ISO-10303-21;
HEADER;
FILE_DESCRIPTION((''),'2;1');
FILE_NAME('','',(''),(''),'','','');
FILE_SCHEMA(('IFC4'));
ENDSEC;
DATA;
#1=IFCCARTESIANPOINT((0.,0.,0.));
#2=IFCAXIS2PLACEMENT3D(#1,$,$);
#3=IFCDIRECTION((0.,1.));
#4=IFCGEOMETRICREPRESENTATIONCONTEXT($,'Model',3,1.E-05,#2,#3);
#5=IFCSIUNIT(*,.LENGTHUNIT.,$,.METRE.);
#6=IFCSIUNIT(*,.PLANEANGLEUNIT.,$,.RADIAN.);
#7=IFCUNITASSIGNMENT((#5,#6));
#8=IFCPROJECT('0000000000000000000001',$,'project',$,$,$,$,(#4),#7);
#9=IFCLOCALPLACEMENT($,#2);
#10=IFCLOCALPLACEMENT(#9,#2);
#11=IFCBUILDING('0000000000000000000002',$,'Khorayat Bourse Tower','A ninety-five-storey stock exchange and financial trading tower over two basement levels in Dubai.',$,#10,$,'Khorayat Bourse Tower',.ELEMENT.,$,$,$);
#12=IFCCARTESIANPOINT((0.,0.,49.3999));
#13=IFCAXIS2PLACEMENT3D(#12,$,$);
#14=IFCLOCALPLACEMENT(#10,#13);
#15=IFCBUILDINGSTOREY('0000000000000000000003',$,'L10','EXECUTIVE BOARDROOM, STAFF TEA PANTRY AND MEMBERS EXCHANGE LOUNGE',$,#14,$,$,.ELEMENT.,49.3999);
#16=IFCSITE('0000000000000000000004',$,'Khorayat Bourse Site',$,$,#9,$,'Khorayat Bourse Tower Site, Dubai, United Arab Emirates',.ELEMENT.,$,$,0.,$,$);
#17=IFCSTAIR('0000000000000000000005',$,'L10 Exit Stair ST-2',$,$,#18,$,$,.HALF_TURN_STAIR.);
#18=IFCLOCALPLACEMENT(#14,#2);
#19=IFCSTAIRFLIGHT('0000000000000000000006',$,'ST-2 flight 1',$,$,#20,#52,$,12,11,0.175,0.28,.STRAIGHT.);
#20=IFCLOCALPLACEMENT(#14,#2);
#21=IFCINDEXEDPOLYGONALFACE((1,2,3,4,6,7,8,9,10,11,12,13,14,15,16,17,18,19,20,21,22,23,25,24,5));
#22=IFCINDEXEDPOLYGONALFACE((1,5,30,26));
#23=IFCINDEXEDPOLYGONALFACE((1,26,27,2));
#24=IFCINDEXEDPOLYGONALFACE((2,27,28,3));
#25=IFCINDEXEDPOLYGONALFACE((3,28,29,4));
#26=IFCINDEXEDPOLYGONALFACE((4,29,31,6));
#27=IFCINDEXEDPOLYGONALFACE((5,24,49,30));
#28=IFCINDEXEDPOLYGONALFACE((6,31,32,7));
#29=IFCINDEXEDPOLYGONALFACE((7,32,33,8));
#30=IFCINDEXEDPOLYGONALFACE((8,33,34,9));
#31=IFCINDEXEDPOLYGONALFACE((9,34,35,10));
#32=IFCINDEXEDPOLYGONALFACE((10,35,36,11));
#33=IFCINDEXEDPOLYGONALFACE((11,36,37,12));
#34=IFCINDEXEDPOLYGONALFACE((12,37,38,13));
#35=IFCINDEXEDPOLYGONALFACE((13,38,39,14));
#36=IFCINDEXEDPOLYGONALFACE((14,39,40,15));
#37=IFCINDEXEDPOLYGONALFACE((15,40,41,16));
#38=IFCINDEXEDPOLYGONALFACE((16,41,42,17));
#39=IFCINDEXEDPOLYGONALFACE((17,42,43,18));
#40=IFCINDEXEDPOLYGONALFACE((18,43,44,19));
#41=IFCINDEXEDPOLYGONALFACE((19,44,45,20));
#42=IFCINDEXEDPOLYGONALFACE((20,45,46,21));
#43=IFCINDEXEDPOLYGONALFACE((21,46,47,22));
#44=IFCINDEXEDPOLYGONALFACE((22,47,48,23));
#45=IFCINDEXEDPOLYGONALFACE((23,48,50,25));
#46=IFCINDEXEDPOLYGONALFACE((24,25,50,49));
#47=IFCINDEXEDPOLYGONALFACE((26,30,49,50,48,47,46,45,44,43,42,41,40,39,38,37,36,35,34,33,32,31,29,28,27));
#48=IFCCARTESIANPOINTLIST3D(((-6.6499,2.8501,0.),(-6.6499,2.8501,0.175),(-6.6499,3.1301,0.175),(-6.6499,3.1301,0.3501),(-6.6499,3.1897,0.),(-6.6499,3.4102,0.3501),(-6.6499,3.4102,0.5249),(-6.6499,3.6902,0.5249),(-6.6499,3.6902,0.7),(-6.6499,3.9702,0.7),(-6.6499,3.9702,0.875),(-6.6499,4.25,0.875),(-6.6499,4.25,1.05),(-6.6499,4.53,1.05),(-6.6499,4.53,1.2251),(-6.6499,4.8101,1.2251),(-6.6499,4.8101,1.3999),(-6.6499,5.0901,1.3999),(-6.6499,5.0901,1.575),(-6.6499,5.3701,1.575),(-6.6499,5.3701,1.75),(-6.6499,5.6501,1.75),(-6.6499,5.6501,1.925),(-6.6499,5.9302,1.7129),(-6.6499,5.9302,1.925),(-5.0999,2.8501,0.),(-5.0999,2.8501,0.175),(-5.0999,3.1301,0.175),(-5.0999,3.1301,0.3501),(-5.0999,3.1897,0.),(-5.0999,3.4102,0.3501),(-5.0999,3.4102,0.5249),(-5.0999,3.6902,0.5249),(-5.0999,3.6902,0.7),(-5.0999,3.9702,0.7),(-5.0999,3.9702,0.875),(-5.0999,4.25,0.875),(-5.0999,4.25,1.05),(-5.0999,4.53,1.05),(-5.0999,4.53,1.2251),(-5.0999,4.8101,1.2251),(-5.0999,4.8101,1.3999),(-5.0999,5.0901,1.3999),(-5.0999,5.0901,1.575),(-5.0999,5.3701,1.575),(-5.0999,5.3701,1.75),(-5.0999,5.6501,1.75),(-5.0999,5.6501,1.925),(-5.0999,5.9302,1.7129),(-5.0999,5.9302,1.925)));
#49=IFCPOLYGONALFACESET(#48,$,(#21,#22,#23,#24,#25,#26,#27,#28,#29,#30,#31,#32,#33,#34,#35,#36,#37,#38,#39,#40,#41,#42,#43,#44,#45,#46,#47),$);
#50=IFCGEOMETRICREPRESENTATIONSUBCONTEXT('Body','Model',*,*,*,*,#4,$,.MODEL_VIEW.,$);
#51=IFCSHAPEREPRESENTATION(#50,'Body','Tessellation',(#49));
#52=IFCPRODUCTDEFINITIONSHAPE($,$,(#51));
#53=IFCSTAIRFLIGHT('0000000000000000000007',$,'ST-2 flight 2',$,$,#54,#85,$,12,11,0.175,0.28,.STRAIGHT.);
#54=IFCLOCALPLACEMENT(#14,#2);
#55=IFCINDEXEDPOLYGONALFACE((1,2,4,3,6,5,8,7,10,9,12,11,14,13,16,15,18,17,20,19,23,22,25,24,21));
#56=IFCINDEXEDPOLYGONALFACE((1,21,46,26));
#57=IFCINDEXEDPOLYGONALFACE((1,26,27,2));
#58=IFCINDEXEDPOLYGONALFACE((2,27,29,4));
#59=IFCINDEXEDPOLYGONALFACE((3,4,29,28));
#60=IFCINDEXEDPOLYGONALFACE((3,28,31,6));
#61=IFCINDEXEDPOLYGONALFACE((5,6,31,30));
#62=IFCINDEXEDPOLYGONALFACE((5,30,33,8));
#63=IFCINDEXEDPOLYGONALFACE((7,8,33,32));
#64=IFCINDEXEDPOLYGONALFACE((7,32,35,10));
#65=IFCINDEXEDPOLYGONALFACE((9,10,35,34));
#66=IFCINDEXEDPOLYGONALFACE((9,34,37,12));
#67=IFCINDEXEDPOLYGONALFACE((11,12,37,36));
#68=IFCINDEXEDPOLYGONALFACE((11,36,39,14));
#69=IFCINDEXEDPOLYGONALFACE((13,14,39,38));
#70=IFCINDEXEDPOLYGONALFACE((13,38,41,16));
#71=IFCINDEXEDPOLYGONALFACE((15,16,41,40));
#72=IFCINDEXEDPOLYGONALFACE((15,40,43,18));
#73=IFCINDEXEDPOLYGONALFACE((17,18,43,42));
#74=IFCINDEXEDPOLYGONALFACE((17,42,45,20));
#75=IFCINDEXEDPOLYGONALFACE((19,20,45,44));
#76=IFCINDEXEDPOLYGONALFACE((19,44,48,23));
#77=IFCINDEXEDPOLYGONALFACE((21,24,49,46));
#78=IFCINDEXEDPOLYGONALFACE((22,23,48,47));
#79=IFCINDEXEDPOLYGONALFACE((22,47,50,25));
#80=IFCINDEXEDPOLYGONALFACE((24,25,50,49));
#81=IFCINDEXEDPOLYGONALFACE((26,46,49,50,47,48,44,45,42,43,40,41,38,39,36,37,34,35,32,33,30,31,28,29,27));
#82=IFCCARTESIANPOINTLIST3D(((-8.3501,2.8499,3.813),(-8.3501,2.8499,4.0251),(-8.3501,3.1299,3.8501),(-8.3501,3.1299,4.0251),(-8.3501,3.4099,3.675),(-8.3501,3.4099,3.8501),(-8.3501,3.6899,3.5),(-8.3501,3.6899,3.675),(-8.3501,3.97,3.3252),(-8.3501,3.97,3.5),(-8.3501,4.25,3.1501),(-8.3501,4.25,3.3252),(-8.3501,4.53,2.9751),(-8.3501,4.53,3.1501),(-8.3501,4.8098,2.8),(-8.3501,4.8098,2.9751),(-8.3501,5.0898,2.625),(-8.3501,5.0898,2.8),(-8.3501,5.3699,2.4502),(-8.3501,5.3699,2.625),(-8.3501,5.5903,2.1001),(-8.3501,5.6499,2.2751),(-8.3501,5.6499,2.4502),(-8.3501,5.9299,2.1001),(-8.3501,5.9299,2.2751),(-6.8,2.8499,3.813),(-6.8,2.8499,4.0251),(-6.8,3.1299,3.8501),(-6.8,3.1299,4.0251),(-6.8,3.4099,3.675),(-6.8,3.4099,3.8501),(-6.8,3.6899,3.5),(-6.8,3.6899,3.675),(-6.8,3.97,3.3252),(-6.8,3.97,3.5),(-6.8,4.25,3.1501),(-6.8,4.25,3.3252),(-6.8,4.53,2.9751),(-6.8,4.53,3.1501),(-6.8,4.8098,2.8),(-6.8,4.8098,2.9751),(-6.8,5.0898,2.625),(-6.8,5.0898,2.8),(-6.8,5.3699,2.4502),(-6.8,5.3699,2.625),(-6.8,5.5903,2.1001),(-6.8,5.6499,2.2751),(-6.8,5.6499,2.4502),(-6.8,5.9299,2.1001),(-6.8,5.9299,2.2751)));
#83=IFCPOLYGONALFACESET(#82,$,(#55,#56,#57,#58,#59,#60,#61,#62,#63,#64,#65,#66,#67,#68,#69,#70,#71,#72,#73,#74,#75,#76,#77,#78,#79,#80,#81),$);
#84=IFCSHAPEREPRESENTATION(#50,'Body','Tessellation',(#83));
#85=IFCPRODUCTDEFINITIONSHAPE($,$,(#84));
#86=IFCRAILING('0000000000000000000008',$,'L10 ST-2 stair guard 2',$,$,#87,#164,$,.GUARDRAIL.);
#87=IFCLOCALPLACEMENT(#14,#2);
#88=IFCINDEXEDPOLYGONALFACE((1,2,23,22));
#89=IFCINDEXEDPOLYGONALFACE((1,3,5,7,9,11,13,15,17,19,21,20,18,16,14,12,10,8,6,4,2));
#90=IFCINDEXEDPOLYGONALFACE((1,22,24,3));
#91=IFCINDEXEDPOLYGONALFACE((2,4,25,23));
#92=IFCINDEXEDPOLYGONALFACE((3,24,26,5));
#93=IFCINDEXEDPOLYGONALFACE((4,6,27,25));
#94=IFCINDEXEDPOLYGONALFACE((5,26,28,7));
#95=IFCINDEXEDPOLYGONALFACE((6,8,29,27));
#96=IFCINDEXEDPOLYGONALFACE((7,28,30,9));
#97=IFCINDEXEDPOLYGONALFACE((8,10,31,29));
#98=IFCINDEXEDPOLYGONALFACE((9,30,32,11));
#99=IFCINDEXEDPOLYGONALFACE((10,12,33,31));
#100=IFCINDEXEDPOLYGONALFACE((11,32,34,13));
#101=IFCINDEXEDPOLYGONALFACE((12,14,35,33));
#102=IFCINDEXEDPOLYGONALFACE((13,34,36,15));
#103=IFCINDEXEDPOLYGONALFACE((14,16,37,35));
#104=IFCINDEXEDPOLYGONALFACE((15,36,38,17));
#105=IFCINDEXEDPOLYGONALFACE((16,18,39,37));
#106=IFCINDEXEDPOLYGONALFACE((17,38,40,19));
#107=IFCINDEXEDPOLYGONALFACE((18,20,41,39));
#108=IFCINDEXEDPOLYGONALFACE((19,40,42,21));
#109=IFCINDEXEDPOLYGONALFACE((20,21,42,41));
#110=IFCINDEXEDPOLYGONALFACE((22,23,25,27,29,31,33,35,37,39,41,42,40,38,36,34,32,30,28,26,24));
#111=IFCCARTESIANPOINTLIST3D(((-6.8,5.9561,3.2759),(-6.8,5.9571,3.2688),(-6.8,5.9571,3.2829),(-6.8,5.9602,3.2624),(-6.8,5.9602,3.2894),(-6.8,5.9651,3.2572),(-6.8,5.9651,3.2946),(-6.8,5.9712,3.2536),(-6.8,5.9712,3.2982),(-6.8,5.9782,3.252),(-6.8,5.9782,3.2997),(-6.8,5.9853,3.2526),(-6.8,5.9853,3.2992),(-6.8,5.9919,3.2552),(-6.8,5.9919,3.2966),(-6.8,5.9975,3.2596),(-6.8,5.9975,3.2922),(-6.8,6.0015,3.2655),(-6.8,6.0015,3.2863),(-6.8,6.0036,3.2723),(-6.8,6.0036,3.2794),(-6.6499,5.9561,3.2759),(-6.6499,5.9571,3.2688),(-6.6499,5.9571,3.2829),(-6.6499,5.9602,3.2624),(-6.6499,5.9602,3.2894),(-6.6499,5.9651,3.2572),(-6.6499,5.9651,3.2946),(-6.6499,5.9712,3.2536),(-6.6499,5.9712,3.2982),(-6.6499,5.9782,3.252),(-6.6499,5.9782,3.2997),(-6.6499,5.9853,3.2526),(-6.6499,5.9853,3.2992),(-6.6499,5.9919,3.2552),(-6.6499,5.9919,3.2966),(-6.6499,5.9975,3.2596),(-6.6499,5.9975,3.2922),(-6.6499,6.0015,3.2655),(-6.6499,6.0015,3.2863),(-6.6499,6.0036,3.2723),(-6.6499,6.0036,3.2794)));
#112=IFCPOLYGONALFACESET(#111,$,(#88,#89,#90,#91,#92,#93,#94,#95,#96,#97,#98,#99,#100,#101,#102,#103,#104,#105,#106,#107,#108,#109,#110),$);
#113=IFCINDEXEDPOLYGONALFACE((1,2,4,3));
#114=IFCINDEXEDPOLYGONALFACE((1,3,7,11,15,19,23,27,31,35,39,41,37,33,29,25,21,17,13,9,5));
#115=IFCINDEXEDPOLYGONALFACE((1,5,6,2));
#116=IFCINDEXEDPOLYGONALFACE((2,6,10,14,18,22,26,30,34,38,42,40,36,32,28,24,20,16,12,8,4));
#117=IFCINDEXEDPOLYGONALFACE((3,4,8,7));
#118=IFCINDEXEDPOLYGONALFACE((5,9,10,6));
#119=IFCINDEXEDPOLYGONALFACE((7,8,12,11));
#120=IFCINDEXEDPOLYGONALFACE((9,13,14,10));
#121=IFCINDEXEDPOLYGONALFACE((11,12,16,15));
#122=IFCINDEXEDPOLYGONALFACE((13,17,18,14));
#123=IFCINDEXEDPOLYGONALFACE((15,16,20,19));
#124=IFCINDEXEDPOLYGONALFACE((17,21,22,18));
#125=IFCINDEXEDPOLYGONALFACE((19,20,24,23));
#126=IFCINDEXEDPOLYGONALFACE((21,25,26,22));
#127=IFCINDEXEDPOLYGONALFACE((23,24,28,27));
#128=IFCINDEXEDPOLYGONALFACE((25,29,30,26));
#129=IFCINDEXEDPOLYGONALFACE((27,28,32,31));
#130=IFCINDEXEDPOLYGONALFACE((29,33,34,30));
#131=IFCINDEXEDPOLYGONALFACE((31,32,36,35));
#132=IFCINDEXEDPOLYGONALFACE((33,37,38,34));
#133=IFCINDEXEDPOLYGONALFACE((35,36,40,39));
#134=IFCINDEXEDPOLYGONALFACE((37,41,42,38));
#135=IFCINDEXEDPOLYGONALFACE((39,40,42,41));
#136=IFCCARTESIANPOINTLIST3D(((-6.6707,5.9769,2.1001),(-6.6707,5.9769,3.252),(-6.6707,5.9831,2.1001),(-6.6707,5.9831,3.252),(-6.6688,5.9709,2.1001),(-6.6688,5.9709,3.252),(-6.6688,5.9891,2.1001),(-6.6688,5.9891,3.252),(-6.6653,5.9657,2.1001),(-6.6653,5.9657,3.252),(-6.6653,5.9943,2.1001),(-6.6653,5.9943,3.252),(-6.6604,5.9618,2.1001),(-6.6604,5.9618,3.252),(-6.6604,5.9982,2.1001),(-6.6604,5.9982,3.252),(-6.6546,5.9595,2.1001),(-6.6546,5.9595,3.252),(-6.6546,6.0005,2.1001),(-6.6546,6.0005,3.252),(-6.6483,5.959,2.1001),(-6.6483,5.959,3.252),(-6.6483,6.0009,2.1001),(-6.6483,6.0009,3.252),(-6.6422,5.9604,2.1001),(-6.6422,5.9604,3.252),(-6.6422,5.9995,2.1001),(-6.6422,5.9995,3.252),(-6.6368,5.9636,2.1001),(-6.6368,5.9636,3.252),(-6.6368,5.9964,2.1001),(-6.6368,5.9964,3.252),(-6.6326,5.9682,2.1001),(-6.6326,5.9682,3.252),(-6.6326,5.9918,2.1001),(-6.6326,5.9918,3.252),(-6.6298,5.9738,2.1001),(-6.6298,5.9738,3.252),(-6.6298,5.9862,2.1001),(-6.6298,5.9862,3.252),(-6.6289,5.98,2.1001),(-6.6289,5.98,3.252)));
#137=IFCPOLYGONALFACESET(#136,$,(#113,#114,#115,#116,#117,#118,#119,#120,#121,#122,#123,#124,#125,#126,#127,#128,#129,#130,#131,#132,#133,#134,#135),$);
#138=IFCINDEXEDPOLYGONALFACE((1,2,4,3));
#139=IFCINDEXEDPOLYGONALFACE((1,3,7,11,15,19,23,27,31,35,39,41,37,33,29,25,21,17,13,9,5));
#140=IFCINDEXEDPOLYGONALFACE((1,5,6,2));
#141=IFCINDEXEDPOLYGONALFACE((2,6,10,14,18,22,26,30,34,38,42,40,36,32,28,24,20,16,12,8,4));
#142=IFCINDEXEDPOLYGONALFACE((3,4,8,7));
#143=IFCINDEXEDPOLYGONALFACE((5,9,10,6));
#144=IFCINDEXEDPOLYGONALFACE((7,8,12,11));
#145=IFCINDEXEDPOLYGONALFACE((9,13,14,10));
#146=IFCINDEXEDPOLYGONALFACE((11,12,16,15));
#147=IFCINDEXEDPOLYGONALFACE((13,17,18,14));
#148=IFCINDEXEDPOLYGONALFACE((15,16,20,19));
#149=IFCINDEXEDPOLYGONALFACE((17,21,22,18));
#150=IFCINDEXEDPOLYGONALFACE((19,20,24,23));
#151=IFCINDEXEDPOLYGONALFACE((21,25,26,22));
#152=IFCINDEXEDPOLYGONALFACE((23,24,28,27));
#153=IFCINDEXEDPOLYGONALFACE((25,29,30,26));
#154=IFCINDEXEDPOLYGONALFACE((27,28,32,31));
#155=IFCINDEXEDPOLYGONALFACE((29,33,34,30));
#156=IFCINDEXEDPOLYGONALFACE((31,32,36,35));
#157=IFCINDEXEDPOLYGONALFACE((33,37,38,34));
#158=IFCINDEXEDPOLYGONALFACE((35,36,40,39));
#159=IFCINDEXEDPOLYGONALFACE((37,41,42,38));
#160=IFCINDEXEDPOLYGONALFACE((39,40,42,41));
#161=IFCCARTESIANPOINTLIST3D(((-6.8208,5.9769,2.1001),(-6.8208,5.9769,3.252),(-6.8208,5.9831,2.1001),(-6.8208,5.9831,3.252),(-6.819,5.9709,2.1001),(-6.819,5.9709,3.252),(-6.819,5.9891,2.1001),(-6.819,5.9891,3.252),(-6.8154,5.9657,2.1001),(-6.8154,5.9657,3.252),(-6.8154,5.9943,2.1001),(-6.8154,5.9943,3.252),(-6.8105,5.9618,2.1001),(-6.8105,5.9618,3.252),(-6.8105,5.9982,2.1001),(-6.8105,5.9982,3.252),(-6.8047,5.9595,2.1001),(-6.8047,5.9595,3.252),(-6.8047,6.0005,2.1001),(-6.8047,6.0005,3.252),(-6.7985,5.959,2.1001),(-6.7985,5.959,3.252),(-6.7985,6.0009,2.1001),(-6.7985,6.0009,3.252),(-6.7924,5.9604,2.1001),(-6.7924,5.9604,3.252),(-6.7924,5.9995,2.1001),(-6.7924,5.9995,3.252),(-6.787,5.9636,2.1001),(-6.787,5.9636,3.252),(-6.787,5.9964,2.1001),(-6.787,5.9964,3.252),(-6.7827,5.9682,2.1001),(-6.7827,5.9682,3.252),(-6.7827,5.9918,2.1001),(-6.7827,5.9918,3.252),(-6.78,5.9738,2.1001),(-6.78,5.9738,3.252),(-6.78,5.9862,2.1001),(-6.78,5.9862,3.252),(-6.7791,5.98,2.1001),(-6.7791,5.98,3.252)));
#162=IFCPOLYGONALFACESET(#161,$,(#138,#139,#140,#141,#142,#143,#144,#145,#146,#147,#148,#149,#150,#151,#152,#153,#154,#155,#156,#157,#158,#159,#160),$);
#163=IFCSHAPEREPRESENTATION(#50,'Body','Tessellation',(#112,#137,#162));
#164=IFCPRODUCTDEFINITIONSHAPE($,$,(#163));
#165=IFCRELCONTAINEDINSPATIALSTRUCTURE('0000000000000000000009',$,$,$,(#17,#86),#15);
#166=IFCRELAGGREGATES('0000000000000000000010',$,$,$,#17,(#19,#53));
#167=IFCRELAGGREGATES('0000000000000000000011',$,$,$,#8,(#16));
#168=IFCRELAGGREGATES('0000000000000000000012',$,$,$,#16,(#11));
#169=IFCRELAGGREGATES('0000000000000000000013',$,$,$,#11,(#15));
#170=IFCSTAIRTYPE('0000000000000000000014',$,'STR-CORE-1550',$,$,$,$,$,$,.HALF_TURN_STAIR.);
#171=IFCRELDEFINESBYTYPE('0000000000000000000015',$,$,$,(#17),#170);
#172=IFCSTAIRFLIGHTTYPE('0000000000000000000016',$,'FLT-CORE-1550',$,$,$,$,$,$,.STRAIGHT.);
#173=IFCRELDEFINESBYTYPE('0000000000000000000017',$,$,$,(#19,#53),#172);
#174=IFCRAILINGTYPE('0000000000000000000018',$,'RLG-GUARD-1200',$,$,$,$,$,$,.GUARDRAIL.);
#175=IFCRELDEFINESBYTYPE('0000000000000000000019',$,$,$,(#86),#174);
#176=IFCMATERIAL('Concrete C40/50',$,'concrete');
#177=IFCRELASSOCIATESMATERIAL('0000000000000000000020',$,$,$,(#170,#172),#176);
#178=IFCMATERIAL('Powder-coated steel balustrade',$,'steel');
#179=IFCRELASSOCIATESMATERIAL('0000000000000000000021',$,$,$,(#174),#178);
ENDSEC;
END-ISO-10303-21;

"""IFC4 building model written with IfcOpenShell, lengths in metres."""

from ifc_helpers import new_model, si_unit, direction, frame, origin, origin_2d, place, context, subcontext, project, spatial, polyline, circle, outline, extrude, source, transform, mapped, material, type_object, element, aggregate, save


model = new_model("IFC4")

# Units and contexts
model_context = context("Model", 3, precision=1e-05, world=origin(), true_north=direction((0.0, 1.0)))
body_context = subcontext(model_context, "Body", "Model", "MODEL_VIEW")
ifc_project = project(units=[si_unit("LENGTHUNIT", "METRE"), si_unit("PLANEANGLEUNIT", "RADIAN")], contexts=[model_context])

# Site, building, storey
site_placement = place(None, origin())
site = spatial("IfcSite", under=ifc_project, at=site_placement, Name="Khorayat Bourse Site", LongName="Khorayat Bourse Tower Site, Dubai, United Arab Emirates", CompositionType="ELEMENT", RefElevation=0.0)
building_placement = place(site_placement, origin())
building = spatial("IfcBuilding", under=site, at=building_placement, Name="Khorayat Bourse Tower", Description="A ninety-five-storey stock exchange and financial trading tower over two basement levels in Dubai.", LongName="Khorayat Bourse Tower", CompositionType="ELEMENT")
storey_placement = place(building_placement, frame((0.0, 0.0, 49.3999)))
storey = spatial("IfcBuildingStorey", under=building, at=storey_placement, Name="L10", Description="EXECUTIVE BOARDROOM, STAFF TEA PANTRY AND MEMBERS EXCHANGE LOUNGE", CompositionType="ELEMENT", Elevation=49.3999)

# Stair, stair flights
ifc_material_1 = material(Name="Concrete C40/50", Category="concrete")
stair_type = type_object("IfcStairType", Name="STR-CORE-1550", PredefinedType="HALF_TURN_STAIR", material=ifc_material_1)
stair_placement = place(storey_placement, origin())
stair = element("IfcStair", 1, at=stair_placement, inside=storey, type_object=stair_type, Name="L10 Exit Stair ST-2", PredefinedType="HALF_TURN_STAIR")
stair_flight_type = type_object("IfcStairFlightType", Name="FLT-CORE-1550", PredefinedType="STRAIGHT", material=ifc_material_1)
shared_shape_1 = source(origin(), body_context, "Body", "SweptSolid", [
    extrude(outline(polyline([(0.0, 0.0), (0.0, 0.175), (0.28, 0.175), (0.28, 0.3501), (0.5601, 0.3501), (0.5601, 0.5249), (0.8401, 0.5249), (0.8401, 0.7), (1.1201, 0.7), (1.1201, 0.875), (1.3999, 0.875), (1.3999, 1.05), (1.6799, 1.05), (1.6799, 1.2251), (1.96, 1.2251), (1.96, 1.3999), (2.24, 1.3999), (2.24, 1.575), (2.52, 1.575), (2.52, 1.75), (2.8, 1.75), (2.8, 1.925), (3.0801, 1.925), (3.0801, 2.1001), (3.0801, 1.7129), (0.3396, 0.0), (0.0, 0.0)])), frame((0.0, 0.7749, 0.0), z_axis=(0.0, -1.0, 0.0), x_axis=(1.0, 0.0, 0.0)), (0.0, 0.0, 1.0), 1.55),
])
stair_flight_1_placement = place(storey_placement, frame((-5.875, 2.8501, 0.0), z_axis=(0.0, 0.0, 1.0), x_axis=(0.0, 1.0, 0.0)))
stair_flight_1 = element("IfcStairFlight", 2, at=stair_flight_1_placement, type_object=stair_flight_type, Name="ST-2 flight 1", NumberOfRisers=12, NumberOfTreads=11, PredefinedType="STRAIGHT", RiserHeight=0.175, TreadLength=0.28, context=body_context, shape_type="MappedRepresentation", body=[
    mapped(shared_shape_1, transform((0.0, 0.0, 0.0), scale=1.0)),
])
stair_flight_2_placement = place(storey_placement, frame((-7.575, 5.9299, 2.1001), z_axis=(0.0, 0.0, 1.0), x_axis=(0.0, -1.0, 0.0)))
stair_flight_2 = element("IfcStairFlight", 3, at=stair_flight_2_placement, type_object=stair_flight_type, Name="ST-2 flight 2", NumberOfRisers=12, NumberOfTreads=11, PredefinedType="STRAIGHT", RiserHeight=0.175, TreadLength=0.28, context=body_context, shape_type="MappedRepresentation", body=[
    mapped(shared_shape_1, transform((0.0, 0.0, 0.0), scale=1.0)),
])
aggregate(stair, [stair_flight_1, stair_flight_2])

# Railing
ifc_material_2 = material(Name="Powder-coated steel balustrade", Category="steel")
railing_type_1 = type_object("IfcRailingType", Name="RLG-GUARD-1200", PredefinedType="GUARDRAIL", material=ifc_material_2)
shared_shape_2 = source(origin(), body_context, "Body", "SweptSolid", [
    extrude(circle(Radius=0.0239, at=origin_2d()), frame((0.0, 0.0, 1.1758), z_axis=(-1.0, 0.0, 0.0), x_axis=(0.0, -1.0, 0.0)), (0.0, 0.0, 1.0), 0.1501),
    extrude(circle(Radius=0.021, at=origin_2d()), origin(), (0.0, 0.0, 1.0), 1.1519),
    extrude(circle(Radius=0.021, at=origin_2d()), frame((-0.1501, 0.0, 0.0)), (0.0, 0.0, 1.0), 1.1519),
])
for number, where, name in (
    (4, (-6.6499, 5.98, 2.1001), "L10 ST-2 stair guard 2"),
):
    element("IfcRailing", number, at=place(storey_placement, frame(where)), inside=storey, type_object=railing_type_1, Name=name, PredefinedType="GUARDRAIL", context=body_context, shape_type="MappedRepresentation", body=[
        mapped(shared_shape_2, transform((0.0, 0.0, 0.0), scale=1.0)),
    ])

save(model, "model.ifc")
